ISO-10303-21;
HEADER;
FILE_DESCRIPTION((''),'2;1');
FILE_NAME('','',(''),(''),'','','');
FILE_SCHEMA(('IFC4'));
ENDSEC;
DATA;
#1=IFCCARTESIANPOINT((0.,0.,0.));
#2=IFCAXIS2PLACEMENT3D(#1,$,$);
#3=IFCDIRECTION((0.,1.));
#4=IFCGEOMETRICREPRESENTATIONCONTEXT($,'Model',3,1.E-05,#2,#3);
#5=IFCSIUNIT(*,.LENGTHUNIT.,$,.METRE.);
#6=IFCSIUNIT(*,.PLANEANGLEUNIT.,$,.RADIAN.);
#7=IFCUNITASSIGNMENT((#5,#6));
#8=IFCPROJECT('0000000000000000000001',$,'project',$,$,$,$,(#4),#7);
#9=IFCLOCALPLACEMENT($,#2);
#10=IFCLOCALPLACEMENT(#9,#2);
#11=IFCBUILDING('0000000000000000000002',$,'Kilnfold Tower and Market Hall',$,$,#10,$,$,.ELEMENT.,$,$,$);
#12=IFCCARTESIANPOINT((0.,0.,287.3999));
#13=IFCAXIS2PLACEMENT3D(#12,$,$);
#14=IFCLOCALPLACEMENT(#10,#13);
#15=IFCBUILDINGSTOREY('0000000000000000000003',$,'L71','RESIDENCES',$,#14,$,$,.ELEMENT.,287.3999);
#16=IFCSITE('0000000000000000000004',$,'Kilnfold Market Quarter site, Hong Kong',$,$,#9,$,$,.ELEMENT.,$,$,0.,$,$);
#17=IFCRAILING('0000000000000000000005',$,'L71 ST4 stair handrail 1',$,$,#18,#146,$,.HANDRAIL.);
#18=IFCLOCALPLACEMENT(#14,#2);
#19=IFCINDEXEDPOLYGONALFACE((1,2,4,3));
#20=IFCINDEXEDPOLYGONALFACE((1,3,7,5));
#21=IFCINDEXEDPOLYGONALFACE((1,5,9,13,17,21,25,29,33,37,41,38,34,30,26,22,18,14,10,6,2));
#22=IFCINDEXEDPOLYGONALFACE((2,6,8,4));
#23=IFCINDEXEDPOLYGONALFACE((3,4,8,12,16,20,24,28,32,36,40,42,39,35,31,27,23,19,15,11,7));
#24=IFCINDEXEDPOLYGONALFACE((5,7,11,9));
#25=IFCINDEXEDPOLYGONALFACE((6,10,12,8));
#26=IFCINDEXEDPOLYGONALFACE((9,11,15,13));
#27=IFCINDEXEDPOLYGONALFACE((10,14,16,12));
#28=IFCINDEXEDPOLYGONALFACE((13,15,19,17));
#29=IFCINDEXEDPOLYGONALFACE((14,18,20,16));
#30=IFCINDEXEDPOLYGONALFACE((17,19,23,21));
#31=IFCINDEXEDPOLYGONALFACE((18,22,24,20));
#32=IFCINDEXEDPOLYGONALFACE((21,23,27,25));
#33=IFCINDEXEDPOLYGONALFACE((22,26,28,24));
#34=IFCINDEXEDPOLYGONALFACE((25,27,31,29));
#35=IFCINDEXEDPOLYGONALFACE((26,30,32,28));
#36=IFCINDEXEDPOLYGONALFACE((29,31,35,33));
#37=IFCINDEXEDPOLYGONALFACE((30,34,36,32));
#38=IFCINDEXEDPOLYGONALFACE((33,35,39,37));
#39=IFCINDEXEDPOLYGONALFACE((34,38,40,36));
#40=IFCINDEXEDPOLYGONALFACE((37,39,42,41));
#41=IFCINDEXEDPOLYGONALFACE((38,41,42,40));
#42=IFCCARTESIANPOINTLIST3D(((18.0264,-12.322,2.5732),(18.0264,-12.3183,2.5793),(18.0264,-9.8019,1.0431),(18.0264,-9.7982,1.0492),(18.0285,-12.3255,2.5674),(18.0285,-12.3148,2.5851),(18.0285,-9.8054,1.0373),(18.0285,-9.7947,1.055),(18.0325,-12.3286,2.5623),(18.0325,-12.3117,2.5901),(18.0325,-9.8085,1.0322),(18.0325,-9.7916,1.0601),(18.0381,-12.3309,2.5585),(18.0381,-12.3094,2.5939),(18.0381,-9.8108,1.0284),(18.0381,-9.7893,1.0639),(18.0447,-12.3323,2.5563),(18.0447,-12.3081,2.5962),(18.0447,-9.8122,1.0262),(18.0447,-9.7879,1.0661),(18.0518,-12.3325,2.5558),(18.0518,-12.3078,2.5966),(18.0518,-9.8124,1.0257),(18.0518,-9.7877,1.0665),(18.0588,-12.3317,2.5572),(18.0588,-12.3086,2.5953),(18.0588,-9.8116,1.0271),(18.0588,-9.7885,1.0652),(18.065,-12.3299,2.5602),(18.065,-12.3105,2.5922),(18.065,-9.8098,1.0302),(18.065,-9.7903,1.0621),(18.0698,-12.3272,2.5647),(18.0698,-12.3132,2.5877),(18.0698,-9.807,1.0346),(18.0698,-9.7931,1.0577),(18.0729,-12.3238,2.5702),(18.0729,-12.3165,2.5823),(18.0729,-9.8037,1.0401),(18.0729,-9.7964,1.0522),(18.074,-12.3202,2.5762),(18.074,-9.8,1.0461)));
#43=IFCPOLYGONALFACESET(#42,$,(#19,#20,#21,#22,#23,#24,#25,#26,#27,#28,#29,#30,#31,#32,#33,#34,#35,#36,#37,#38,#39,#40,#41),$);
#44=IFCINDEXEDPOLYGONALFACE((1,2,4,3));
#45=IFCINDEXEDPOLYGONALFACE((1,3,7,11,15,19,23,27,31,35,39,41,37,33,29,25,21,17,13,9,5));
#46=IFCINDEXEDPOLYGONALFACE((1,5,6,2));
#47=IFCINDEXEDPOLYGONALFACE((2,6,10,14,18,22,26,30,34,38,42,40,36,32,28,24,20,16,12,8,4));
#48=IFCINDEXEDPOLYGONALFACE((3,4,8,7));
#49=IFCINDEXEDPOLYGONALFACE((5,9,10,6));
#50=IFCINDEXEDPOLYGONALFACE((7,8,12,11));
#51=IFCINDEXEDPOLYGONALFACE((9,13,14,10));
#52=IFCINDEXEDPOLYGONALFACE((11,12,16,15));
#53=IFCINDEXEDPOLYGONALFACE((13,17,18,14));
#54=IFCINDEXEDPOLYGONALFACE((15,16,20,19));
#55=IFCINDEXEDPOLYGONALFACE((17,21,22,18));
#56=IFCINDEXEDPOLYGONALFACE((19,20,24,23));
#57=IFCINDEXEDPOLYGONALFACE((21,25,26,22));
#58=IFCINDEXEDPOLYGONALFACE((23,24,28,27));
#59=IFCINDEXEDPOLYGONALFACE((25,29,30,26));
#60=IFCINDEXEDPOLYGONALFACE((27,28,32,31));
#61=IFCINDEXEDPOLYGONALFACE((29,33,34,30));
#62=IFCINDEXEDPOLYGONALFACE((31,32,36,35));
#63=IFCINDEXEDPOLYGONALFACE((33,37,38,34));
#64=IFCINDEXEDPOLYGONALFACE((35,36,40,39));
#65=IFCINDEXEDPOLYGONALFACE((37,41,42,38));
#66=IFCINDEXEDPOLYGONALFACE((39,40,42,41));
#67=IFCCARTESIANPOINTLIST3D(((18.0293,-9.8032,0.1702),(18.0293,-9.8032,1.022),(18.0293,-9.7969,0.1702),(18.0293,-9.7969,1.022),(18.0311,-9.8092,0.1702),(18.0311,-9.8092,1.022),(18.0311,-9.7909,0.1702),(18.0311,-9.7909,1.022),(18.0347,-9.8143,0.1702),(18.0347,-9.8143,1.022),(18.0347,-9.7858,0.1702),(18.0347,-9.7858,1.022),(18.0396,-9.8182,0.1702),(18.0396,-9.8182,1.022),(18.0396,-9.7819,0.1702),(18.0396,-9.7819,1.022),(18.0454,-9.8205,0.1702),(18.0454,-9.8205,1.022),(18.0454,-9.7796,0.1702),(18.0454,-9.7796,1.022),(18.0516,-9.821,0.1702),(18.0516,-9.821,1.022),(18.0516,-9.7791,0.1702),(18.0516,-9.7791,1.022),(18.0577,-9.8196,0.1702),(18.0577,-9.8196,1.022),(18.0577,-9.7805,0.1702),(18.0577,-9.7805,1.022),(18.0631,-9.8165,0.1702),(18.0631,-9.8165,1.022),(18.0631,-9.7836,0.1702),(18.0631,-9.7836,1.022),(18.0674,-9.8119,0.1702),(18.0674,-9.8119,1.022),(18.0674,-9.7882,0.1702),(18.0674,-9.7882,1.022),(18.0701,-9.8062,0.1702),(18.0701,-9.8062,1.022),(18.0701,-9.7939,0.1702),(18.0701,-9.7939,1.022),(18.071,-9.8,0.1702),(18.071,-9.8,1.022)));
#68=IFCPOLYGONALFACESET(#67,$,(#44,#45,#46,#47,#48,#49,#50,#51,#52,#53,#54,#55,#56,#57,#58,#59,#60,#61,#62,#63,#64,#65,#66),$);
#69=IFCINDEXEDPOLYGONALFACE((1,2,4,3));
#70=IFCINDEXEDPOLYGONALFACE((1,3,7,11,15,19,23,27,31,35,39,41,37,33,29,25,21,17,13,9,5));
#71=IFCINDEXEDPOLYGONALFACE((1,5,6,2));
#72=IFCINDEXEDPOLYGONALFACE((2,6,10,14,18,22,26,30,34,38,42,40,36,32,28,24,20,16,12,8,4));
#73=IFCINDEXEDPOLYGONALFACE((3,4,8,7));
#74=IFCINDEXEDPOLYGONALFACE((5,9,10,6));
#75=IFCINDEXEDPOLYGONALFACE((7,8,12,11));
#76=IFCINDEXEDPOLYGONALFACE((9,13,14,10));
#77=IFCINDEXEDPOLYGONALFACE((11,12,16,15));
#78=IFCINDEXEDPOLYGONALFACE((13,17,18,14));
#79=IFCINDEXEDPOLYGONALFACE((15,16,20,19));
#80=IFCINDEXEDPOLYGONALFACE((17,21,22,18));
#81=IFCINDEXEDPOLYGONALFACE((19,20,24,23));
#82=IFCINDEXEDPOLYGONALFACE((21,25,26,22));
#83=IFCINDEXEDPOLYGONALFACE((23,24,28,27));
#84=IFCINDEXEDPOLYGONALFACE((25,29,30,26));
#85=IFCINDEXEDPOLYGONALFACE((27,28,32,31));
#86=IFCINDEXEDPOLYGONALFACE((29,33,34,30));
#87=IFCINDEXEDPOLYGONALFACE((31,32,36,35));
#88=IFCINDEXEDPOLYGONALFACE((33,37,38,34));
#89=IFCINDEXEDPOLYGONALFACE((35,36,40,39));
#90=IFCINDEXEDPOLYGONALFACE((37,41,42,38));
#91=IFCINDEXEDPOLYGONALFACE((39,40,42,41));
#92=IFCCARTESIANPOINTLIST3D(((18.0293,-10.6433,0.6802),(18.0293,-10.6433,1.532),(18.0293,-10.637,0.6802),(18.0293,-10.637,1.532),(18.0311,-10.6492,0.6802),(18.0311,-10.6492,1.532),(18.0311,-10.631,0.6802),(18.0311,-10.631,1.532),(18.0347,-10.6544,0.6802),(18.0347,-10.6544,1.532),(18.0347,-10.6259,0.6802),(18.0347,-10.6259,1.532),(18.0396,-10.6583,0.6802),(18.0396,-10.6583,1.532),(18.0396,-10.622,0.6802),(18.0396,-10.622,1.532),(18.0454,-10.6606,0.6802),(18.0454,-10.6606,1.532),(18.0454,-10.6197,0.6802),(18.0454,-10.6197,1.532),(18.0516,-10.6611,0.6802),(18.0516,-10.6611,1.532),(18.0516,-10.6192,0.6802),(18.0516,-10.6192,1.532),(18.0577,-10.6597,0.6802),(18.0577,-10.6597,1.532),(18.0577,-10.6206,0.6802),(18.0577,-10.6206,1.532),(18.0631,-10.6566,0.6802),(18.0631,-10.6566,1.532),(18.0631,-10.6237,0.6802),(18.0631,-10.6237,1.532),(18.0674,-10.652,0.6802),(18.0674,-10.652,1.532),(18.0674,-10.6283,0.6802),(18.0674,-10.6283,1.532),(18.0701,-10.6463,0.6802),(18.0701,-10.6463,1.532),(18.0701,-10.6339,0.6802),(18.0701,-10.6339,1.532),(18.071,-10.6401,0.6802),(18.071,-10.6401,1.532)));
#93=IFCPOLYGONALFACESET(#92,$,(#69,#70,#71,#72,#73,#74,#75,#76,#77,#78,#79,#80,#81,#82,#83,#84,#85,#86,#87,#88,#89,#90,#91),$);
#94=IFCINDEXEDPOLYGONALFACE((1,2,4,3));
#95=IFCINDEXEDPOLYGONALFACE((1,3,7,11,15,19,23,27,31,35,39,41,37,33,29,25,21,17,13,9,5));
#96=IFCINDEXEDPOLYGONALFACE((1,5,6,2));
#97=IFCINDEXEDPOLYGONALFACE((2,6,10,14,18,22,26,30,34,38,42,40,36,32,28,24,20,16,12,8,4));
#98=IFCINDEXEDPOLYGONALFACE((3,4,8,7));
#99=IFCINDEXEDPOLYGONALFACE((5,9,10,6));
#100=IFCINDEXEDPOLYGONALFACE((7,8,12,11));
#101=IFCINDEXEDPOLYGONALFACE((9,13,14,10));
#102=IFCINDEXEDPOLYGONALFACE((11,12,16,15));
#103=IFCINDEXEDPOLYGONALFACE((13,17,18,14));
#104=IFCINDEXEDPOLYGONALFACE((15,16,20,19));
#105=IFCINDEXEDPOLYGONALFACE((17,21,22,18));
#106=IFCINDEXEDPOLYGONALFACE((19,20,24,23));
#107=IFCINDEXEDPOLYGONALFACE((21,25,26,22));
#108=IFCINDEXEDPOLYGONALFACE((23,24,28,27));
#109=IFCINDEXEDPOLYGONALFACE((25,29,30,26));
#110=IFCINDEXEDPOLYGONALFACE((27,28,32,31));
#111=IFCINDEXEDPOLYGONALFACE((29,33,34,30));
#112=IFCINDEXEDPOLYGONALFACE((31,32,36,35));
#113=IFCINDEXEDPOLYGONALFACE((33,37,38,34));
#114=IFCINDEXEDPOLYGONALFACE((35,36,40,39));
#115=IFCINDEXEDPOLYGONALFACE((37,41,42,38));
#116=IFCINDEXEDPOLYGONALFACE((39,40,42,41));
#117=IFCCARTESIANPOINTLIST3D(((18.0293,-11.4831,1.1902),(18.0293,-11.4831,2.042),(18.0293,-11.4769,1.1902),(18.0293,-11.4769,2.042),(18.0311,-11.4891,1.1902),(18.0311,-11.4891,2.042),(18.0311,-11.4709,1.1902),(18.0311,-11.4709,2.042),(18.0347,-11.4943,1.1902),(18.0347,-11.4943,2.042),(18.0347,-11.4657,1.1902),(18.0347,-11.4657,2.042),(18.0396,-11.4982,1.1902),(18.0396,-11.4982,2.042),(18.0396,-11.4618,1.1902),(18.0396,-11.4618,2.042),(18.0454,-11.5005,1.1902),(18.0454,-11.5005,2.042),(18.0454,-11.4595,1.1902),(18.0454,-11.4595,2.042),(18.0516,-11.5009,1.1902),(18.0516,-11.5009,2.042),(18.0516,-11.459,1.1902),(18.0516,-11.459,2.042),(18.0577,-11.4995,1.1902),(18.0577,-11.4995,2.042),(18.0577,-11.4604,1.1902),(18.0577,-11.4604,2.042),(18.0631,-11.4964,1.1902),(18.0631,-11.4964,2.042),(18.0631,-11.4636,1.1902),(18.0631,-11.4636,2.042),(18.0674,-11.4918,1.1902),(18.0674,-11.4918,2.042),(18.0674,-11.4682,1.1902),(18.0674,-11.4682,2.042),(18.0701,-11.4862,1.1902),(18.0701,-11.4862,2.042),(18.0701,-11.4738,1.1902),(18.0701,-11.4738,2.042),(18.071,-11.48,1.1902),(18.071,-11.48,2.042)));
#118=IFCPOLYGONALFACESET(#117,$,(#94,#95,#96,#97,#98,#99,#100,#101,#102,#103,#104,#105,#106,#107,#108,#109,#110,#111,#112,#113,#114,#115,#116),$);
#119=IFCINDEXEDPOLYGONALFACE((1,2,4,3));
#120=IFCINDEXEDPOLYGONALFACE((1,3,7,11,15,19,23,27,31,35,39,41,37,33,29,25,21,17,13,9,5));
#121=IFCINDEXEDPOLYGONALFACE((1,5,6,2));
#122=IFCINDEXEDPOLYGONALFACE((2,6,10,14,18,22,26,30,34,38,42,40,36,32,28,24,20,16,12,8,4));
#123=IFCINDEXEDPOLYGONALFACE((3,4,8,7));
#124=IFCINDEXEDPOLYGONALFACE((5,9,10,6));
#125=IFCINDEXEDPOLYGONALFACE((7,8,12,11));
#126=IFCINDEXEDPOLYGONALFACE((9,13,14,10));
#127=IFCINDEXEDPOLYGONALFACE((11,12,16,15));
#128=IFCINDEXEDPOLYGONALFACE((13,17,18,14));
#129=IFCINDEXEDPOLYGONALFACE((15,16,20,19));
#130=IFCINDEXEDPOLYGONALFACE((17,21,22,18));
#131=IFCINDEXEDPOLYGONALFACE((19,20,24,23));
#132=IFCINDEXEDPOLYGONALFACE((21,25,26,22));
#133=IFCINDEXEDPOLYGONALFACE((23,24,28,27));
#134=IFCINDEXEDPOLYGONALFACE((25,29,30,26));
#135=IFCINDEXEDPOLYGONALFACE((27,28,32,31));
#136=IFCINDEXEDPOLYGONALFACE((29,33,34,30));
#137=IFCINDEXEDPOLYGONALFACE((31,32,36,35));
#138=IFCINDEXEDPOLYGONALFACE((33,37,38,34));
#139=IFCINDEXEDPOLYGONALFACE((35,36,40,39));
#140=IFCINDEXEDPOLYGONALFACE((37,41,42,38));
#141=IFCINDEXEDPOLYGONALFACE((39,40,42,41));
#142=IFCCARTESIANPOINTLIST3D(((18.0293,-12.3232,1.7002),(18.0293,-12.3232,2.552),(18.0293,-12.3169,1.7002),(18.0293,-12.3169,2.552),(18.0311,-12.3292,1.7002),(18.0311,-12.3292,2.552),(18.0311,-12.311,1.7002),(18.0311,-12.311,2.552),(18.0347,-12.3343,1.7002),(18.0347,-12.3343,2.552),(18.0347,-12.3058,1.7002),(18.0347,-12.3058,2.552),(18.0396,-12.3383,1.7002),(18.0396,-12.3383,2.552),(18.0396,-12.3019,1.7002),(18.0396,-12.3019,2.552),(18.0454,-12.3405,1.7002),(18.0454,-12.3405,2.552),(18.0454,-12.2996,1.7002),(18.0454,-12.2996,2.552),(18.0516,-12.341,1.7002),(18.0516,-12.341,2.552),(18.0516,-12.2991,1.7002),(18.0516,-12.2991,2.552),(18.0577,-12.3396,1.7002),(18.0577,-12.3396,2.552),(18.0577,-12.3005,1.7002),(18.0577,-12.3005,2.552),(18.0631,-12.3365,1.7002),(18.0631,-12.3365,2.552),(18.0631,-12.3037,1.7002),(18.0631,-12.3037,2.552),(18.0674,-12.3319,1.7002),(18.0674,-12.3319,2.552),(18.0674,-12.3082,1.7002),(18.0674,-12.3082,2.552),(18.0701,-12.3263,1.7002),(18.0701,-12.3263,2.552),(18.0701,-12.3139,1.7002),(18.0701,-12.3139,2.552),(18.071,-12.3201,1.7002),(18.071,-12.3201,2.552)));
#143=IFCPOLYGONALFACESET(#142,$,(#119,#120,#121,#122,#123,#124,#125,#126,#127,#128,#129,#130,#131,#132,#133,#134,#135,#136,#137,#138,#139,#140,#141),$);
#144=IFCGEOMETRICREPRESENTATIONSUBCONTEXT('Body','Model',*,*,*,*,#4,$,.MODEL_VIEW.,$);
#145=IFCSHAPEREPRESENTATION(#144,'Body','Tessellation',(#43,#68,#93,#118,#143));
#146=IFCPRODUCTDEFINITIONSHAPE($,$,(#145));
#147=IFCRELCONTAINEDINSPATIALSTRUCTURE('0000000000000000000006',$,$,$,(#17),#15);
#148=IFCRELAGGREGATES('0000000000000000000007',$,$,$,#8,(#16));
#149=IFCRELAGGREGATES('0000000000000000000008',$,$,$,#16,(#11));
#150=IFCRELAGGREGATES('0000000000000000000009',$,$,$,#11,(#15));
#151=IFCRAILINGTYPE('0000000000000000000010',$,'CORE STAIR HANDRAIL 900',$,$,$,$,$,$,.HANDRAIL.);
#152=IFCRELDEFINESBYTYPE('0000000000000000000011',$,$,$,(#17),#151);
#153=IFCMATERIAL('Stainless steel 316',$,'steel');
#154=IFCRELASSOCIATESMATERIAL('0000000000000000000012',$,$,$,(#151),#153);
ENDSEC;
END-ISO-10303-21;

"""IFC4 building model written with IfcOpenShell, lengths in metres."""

from ifc_helpers import new_model, si_unit, direction, frame, origin, origin_2d, place, context, subcontext, project, spatial, circle, extrude, material, type_object, element, save


model = new_model("IFC4")

# Units and contexts
model_context = context("Model", 3, precision=1e-05, world=origin(), true_north=direction((0.0, 1.0)))
body_context = subcontext(model_context, "Body", "Model", "MODEL_VIEW")
ifc_project = project(units=[si_unit("LENGTHUNIT", "METRE"), si_unit("PLANEANGLEUNIT", "RADIAN")], contexts=[model_context])

# Site, building, storey
site_placement = place(None, origin())
site = spatial("IfcSite", under=ifc_project, at=site_placement, Name="Kilnfold Market Quarter site, Hong Kong", CompositionType="ELEMENT", RefElevation=0.0)
building_placement = place(site_placement, origin())
building = spatial("IfcBuilding", under=site, at=building_placement, Name="Kilnfold Tower and Market Hall", CompositionType="ELEMENT")
storey_placement = place(building_placement, frame((0.0, 0.0, 287.3999)))
storey = spatial("IfcBuildingStorey", under=building, at=storey_placement, Name="L71", Description="RESIDENCES", CompositionType="ELEMENT", Elevation=287.3999)

# Railing
ifc_material_1 = material(Name="Stainless steel 316", Category="steel")
railing_type = type_object("IfcRailingType", Name="CORE STAIR HANDRAIL 900", PredefinedType="HANDRAIL", material=ifc_material_1)
railing_1_placement = place(storey_placement, frame((18.05, -9.8, 0.1702)))
element("IfcRailing", 1, at=railing_1_placement, inside=storey, type_object=railing_type, Name="L71 ST4 stair handrail 1", PredefinedType="HANDRAIL", context=body_context, shape_type="SweptSolid", body=[
    extrude(circle(Radius=0.0239, at=origin_2d()), frame((0.0, 0.0, 0.876), z_axis=(0.0, -0.854785, 0.518982), x_axis=(1.0, 0.0, 0.0)), (0.0, 0.0, 1.0), 2.9482),
    extrude(circle(Radius=0.021, at=origin_2d()), origin(), (0.0, 0.0, 1.0), 0.8518),
    extrude(circle(Radius=0.021, at=origin_2d()), frame((0.0, -0.8401, 0.51)), (0.0, 0.0, 1.0), 0.8518),
    extrude(circle(Radius=0.021, at=origin_2d()), frame((0.0, -1.6799, 1.02)), (0.0, 0.0, 1.0), 0.8518),
    extrude(circle(Radius=0.021, at=origin_2d()), frame((0.0, -2.52, 1.53)), (0.0, 0.0, 1.0), 0.8518),
])

save(model, "model.ifc")
